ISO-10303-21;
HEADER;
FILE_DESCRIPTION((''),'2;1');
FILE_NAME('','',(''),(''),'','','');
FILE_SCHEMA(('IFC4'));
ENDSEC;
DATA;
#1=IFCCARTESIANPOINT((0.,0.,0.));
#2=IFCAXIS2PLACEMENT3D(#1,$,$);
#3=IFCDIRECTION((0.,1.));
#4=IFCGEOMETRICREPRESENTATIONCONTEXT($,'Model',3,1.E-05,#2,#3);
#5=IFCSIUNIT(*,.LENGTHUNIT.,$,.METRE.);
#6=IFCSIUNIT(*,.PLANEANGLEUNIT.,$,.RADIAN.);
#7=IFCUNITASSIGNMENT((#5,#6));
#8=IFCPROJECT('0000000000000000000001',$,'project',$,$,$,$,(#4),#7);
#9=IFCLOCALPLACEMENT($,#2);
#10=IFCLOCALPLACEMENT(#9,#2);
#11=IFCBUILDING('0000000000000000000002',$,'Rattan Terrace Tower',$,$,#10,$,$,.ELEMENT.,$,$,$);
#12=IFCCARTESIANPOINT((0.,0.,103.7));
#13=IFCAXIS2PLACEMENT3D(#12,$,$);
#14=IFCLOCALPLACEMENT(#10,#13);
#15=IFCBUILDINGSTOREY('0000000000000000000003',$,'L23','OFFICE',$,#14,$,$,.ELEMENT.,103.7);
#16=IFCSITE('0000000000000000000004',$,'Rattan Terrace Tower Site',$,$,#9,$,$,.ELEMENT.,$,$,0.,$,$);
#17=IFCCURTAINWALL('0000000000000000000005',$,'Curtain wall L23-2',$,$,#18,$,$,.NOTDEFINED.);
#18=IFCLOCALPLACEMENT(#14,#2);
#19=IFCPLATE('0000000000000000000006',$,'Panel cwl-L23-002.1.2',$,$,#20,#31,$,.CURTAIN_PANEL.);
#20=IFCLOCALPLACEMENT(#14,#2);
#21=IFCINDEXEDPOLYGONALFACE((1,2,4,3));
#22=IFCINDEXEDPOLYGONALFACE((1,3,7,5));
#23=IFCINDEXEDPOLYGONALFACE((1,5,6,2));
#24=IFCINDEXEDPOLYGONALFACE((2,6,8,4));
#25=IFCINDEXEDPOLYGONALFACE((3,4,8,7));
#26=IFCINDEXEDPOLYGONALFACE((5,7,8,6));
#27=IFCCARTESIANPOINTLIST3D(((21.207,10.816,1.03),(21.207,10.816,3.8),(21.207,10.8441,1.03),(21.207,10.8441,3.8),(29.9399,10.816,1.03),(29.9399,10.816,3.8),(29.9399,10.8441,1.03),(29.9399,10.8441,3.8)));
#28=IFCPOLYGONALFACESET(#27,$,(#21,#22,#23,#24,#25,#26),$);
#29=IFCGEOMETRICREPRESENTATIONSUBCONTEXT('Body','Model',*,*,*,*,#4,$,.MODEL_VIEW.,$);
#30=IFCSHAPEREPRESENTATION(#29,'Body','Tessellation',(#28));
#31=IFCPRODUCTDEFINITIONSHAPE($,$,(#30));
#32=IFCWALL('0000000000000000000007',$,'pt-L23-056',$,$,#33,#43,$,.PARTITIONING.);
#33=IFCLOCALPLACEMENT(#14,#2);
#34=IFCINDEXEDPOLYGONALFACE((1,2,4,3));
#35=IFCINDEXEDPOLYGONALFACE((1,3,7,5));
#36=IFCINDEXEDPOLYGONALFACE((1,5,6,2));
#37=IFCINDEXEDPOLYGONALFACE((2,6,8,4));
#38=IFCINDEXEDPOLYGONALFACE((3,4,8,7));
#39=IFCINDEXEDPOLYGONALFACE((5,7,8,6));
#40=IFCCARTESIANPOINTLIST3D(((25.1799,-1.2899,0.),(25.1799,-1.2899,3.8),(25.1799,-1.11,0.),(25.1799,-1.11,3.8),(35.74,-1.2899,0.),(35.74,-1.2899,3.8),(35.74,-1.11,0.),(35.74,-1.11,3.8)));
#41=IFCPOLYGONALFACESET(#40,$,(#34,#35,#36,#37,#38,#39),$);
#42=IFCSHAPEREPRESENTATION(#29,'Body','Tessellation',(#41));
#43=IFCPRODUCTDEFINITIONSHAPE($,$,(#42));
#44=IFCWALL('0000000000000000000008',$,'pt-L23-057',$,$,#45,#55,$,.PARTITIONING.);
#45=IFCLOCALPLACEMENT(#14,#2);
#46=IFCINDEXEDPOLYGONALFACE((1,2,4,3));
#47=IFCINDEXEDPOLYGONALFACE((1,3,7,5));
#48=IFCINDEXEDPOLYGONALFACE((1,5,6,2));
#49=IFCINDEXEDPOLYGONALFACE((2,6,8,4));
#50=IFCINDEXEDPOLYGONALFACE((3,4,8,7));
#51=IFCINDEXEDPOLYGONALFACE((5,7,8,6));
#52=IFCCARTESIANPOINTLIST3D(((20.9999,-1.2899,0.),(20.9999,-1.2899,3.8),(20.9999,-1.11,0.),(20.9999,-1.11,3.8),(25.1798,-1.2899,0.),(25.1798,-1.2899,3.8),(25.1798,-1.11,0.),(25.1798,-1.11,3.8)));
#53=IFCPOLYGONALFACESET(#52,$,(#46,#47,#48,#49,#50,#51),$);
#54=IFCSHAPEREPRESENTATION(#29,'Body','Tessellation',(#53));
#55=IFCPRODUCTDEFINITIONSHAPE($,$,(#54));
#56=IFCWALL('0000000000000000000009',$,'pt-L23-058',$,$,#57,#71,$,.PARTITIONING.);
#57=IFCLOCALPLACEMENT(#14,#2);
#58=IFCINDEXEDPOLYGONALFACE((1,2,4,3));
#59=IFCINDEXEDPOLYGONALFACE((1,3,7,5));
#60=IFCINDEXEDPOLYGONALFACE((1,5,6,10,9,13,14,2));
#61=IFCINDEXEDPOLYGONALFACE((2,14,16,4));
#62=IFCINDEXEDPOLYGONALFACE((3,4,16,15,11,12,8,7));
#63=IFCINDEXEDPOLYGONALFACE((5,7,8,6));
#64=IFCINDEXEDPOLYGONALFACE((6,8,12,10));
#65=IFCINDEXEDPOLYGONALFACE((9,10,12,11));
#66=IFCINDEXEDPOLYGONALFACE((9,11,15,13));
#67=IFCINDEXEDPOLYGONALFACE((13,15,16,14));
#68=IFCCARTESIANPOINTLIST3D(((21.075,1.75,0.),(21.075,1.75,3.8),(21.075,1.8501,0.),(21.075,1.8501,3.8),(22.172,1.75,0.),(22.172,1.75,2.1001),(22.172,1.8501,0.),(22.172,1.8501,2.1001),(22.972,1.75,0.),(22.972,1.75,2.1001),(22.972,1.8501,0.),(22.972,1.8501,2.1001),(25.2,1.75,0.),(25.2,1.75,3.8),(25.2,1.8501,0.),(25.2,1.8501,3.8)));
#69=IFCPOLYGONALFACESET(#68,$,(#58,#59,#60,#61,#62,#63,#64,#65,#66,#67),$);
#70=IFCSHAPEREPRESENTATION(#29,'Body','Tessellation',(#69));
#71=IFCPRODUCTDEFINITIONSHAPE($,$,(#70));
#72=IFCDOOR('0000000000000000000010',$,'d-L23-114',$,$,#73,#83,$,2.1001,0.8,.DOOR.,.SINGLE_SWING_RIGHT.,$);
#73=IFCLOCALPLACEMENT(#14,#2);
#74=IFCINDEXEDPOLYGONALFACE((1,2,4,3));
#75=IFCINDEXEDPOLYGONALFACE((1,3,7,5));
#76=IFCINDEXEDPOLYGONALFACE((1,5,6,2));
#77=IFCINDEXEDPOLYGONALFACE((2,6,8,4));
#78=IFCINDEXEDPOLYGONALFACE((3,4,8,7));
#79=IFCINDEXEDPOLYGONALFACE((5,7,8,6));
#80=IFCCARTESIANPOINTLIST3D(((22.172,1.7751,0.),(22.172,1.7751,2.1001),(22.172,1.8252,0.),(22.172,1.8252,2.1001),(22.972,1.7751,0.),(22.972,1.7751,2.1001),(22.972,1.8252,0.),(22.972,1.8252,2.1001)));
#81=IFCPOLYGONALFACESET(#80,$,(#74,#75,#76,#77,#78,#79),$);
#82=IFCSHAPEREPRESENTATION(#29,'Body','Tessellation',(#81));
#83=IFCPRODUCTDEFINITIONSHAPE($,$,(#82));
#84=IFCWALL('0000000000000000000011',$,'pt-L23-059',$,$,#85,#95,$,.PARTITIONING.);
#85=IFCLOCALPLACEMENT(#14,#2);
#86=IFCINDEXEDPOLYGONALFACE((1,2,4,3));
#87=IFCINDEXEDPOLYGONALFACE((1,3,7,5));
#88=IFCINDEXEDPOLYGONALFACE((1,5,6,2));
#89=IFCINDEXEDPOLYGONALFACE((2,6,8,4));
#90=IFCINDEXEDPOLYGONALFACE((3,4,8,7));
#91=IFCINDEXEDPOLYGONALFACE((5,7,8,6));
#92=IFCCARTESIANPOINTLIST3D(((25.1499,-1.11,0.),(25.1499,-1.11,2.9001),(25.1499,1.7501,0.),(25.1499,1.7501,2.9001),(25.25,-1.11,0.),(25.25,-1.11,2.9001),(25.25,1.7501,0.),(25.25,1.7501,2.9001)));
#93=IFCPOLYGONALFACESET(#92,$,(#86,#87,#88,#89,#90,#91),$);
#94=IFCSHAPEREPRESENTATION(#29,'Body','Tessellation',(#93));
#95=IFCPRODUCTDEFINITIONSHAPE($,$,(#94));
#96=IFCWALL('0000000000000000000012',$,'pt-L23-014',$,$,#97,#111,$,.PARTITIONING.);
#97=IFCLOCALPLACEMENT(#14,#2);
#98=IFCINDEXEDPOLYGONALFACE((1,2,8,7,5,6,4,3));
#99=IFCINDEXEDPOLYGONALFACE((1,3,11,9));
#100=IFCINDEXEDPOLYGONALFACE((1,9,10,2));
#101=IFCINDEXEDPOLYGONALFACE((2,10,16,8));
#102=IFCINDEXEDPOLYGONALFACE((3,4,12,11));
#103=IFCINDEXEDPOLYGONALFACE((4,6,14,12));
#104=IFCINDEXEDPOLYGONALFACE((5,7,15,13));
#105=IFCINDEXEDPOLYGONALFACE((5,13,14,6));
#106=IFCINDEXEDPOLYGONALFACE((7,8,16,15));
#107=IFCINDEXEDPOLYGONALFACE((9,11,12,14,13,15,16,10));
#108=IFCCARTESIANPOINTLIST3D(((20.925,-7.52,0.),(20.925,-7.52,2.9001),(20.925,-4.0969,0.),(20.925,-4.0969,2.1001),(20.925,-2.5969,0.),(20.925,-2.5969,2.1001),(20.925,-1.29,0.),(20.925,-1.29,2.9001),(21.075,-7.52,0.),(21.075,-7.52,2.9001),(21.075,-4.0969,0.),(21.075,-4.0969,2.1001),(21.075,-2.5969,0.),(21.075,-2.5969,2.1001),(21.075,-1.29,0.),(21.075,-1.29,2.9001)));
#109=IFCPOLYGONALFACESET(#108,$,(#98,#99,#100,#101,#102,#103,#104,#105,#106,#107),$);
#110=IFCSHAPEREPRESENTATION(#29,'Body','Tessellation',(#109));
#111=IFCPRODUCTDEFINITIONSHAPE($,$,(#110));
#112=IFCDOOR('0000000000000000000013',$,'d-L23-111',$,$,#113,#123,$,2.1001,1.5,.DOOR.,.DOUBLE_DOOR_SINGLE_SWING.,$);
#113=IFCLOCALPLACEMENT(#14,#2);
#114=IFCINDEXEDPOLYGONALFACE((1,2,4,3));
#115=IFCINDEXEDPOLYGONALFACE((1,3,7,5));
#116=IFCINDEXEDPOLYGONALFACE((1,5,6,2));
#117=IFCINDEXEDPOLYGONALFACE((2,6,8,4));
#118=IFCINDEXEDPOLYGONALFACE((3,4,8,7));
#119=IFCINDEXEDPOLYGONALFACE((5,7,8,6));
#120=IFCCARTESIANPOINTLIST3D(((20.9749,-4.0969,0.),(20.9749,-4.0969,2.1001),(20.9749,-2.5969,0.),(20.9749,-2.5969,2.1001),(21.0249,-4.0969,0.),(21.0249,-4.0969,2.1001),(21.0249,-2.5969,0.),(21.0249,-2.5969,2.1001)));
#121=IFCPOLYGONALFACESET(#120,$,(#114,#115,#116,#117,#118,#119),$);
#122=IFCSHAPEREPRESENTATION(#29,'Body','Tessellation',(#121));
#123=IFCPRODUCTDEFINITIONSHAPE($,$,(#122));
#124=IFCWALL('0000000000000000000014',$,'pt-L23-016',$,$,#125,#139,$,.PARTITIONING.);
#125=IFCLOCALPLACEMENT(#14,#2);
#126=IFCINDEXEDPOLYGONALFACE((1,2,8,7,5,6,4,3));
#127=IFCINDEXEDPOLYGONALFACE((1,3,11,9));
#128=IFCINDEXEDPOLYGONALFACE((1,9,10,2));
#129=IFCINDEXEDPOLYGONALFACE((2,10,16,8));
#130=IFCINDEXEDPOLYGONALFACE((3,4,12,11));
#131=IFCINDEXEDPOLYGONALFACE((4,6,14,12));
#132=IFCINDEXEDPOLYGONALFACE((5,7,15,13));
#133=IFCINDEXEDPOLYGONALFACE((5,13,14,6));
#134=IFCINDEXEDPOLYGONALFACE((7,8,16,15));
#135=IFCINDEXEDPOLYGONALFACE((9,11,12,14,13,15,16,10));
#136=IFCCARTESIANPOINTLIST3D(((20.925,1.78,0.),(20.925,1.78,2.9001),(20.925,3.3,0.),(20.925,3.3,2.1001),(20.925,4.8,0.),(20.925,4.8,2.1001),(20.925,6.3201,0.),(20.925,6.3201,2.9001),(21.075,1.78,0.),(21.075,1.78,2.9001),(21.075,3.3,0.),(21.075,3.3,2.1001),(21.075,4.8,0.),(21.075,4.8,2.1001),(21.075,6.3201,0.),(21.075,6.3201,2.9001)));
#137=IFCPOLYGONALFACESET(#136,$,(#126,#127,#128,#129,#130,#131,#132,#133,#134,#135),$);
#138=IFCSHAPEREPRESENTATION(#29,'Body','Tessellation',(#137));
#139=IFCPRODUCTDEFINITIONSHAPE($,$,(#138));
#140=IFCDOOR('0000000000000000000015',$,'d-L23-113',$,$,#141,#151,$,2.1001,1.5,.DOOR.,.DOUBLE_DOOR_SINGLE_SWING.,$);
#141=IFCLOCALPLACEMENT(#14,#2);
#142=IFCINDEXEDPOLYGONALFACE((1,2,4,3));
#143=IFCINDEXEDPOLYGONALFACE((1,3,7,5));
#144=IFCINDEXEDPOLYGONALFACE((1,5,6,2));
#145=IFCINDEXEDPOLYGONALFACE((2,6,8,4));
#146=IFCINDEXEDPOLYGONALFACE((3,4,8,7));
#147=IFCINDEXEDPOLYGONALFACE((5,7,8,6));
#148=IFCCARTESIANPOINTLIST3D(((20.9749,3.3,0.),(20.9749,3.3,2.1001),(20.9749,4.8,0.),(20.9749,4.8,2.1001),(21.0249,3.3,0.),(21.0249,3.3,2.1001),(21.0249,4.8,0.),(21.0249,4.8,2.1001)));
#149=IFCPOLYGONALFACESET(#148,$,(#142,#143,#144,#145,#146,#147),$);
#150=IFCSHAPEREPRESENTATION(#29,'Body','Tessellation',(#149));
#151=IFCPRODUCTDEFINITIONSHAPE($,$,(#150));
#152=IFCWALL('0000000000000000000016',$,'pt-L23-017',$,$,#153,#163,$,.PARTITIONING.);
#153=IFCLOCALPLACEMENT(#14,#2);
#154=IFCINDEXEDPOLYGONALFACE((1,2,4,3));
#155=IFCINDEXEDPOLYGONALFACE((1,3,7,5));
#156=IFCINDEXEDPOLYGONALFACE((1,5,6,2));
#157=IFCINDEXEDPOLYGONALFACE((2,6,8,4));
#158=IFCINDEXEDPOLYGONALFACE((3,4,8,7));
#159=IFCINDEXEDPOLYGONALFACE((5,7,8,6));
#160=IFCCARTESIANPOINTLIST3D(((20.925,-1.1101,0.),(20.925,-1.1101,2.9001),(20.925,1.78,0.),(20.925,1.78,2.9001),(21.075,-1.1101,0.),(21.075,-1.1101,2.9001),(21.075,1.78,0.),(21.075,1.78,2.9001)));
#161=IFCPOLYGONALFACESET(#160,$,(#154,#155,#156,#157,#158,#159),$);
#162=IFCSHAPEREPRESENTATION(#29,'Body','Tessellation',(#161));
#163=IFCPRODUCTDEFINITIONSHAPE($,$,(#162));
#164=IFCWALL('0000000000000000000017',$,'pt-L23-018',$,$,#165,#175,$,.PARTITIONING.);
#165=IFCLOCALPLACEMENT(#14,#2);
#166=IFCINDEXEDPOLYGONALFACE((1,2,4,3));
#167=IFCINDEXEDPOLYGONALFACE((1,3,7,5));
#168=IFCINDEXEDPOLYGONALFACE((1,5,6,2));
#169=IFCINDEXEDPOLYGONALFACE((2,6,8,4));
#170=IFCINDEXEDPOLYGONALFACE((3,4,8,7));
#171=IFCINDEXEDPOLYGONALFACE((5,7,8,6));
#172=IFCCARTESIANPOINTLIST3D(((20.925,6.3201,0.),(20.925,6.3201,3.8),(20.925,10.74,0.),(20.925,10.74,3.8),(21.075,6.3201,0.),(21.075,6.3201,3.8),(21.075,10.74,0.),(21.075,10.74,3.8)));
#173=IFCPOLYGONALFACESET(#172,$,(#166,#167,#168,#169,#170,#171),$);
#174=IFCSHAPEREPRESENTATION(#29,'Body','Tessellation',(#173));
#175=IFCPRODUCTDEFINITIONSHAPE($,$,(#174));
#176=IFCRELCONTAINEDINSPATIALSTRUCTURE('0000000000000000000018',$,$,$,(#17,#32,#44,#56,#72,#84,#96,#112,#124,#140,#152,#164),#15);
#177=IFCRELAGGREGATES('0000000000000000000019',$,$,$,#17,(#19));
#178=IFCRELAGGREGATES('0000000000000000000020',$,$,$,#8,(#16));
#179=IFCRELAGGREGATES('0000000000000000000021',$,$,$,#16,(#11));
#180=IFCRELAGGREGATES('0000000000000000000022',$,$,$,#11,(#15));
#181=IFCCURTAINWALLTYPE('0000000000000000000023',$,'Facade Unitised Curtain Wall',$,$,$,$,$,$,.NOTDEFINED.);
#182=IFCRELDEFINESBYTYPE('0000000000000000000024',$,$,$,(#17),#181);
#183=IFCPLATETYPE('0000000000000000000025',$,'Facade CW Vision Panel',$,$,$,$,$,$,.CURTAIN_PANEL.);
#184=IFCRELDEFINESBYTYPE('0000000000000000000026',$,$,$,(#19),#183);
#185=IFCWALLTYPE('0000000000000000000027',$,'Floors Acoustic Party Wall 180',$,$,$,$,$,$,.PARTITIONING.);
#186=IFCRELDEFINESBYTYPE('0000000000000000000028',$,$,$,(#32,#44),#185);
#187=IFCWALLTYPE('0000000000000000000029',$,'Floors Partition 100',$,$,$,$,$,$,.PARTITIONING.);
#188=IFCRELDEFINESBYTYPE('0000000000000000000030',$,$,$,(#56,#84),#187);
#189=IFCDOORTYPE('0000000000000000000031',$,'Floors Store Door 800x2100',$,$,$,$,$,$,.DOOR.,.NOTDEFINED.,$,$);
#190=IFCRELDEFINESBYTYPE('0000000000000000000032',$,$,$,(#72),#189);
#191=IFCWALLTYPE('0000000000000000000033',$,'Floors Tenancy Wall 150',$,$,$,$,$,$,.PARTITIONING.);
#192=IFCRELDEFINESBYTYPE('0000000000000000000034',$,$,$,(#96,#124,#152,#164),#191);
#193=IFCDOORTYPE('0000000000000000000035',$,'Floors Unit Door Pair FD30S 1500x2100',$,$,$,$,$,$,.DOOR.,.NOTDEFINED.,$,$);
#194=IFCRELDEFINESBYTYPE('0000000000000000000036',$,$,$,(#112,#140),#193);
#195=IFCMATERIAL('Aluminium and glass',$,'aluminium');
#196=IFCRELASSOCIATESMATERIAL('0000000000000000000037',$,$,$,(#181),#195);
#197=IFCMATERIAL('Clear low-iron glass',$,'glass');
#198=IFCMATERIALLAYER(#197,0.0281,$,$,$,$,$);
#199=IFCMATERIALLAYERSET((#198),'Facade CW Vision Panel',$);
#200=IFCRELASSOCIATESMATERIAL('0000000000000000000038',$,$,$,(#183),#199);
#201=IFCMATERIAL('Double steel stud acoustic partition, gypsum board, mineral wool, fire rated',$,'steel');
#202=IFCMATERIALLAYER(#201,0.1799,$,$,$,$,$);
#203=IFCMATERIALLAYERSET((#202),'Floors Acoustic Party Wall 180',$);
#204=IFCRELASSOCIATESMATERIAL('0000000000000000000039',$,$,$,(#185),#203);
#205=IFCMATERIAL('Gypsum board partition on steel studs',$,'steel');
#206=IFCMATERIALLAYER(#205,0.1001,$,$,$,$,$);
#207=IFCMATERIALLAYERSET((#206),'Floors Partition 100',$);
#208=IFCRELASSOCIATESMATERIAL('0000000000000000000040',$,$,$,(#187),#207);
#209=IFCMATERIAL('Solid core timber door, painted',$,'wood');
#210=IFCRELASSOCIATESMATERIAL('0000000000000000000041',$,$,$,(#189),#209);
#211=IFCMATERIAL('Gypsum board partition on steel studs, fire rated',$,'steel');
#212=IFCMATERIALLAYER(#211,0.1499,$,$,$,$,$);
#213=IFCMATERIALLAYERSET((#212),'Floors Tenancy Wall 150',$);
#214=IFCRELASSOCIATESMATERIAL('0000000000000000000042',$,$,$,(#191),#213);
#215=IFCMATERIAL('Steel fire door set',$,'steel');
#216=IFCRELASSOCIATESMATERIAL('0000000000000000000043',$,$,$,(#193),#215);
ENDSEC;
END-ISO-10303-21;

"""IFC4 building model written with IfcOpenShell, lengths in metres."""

from ifc_helpers import new_model, si_unit, direction, frame, frame_2d, origin, origin_2d, place, context, subcontext, project, spatial, rectangle, extrude, material, layer, layer_set, type_object, element, fill, aggregate, save


model = new_model("IFC4")

# Units and contexts
model_context = context("Model", 3, precision=1e-05, world=origin(), true_north=direction((0.0, 1.0)))
body_context = subcontext(model_context, "Body", "Model", "MODEL_VIEW")
ifc_project = project(units=[si_unit("LENGTHUNIT", "METRE"), si_unit("PLANEANGLEUNIT", "RADIAN")], contexts=[model_context])

# Site, building, storey
site_placement = place(None, origin())
site = spatial("IfcSite", under=ifc_project, at=site_placement, Name="Rattan Terrace Tower Site", CompositionType="ELEMENT", RefElevation=0.0)
building_placement = place(site_placement, origin())
building = spatial("IfcBuilding", under=site, at=building_placement, Name="Rattan Terrace Tower", CompositionType="ELEMENT")
storey_placement = place(building_placement, frame((0.0, 0.0, 103.7)))
storey = spatial("IfcBuildingStorey", under=building, at=storey_placement, Name="L23", Description="OFFICE", CompositionType="ELEMENT", Elevation=103.7)

# Curtain wall
ifc_material_1 = material(Name="Aluminium and glass", Category="aluminium")
curtain_wall_type = type_object("IfcCurtainWallType", Name="Facade Unitised Curtain Wall", PredefinedType="NOTDEFINED", material=ifc_material_1)
curtain_wall_placement = place(storey_placement, origin())
curtain_wall = element("IfcCurtainWall", 1, at=curtain_wall_placement, inside=storey, type_object=curtain_wall_type, Name="Curtain wall L23-2", PredefinedType="NOTDEFINED")

# Plate
ifc_material_2 = material(Name="Clear low-iron glass", Category="glass")
ifc_layer_1 = layer(ifc_material_2, 0.0281)
ifc_layer_set_1 = layer_set([ifc_layer_1], Name="Facade CW Vision Panel")
plate_type_1 = type_object("IfcPlateType", Name="Facade CW Vision Panel", PredefinedType="CURTAIN_PANEL", material=ifc_layer_set_1)
plate_1_placement = place(storey_placement, frame((25.5735, 10.8301, 1.03), z_axis=(0.0, 0.0, 1.0), x_axis=(-1.0, 0.0, 0.0)))
plate_1 = element("IfcPlate", 2, at=plate_1_placement, type_object=plate_type_1, Name="Panel cwl-L23-002.1.2", PredefinedType="CURTAIN_PANEL", context=body_context, shape_type="SweptSolid", body=[
    extrude(rectangle(XDim=8.7329, YDim=0.0281, at=origin_2d()), origin(), (0.0, 0.0, 1.0), 2.77),
])
aggregate(curtain_wall, [plate_1])

# Walls
ifc_material_3 = material(Name="Double steel stud acoustic partition, gypsum board, mineral wool, fire rated", Category="steel")
ifc_layer_2 = layer(ifc_material_3, 0.1799)
ifc_layer_set_2 = layer_set([ifc_layer_2], Name="Floors Acoustic Party Wall 180")
wall_type_1 = type_object("IfcWallType", Name="Floors Acoustic Party Wall 180", PredefinedType="PARTITIONING", material=ifc_layer_set_2)
wall_1_placement = place(storey_placement, frame((25.1799, -1.2, 0.0), z_axis=(0.0, 0.0, 1.0), x_axis=(1.0, 0.0, 0.0)))
element("IfcWall", 3, at=wall_1_placement, inside=storey, type_object=wall_type_1, Name="pt-L23-056", PredefinedType="PARTITIONING", context=body_context, shape_type="SweptSolid", body=[
    extrude(rectangle(XDim=10.5601, YDim=0.1799, at=frame_2d((5.28, 0.0))), origin(), (0.0, 0.0, 1.0), 3.8),
])
wall_2_placement = place(storey_placement, frame((21.0, -1.2, 0.0), z_axis=(0.0, 0.0, 1.0), x_axis=(1.0, 0.0, 0.0)))
element("IfcWall", 4, at=wall_2_placement, inside=storey, type_object=wall_type_1, Name="pt-L23-057", PredefinedType="PARTITIONING", context=body_context, shape_type="SweptSolid", body=[
    extrude(rectangle(XDim=4.1799, YDim=0.1799, at=frame_2d((2.0898, 0.0))), origin(), (0.0, 0.0, 1.0), 3.8),
])

# Wall, opening, door
ifc_material_4 = material(Name="Gypsum board partition on steel studs", Category="steel")
ifc_layer_3 = layer(ifc_material_4, 0.1001)
ifc_layer_set_3 = layer_set([ifc_layer_3], Name="Floors Partition 100")
wall_type_2 = type_object("IfcWallType", Name="Floors Partition 100", PredefinedType="PARTITIONING", material=ifc_layer_set_3)
wall_3_placement = place(storey_placement, frame((25.2, 1.8, 0.0), z_axis=(0.0, 0.0, 1.0), x_axis=(-1.0, 0.0, 0.0)))
wall_3 = element("IfcWall", 5, at=wall_3_placement, inside=storey, type_object=wall_type_2, Name="pt-L23-058", PredefinedType="PARTITIONING", context=body_context, shape_type="SweptSolid", body=[
    extrude(rectangle(XDim=4.125, YDim=0.1001, at=frame_2d((2.0625, 0.0))), origin(), (0.0, 0.0, 1.0), 3.8),
])
opening_1_placement = place(wall_3_placement, frame((2.228, 0.0, 0.0)))
opening_1 = element("IfcOpeningElement", 6, at=opening_1_placement, cuts=wall_3, PredefinedType="OPENING", context=body_context, shape_type="SweptSolid", body=[
    extrude(rectangle(XDim=0.8, YDim=2.1001, at=frame_2d((0.3999, 1.05))), frame((0.0, 0.0605, 0.0), z_axis=(0.0, -1.0, 0.0), x_axis=(1.0, 0.0, 0.0)), (0.0, 0.0, 1.0), 0.1211),
])
ifc_material_5 = material(Name="Solid core timber door, painted", Category="wood")
door_type_1 = type_object("IfcDoorType", Name="Floors Store Door 800x2100", OperationType="NOTDEFINED", PredefinedType="DOOR", material=ifc_material_5)
door_1_placement = place(opening_1_placement, origin())
door_1 = element("IfcDoor", 7, at=door_1_placement, inside=storey, type_object=door_type_1, Name="d-L23-114", OperationType="SINGLE_SWING_RIGHT", OverallHeight=2.1001, OverallWidth=0.8, PredefinedType="DOOR", context=body_context, shape_type="SweptSolid", body=[
    extrude(rectangle(XDim=0.8, YDim=2.1001, at=frame_2d((0.3999, 1.05))), frame((0.0, 0.0249, 0.0), z_axis=(0.0, -1.0, 0.0), x_axis=(1.0, 0.0, 0.0)), (0.0, 0.0, 1.0), 0.05),
])
fill(opening_1, door_1)

# Wall
wall_4_placement = place(storey_placement, frame((25.2, -1.1101, 0.0), z_axis=(0.0, 0.0, 1.0), x_axis=(0.0, 1.0, 0.0)))
element("IfcWall", 8, at=wall_4_placement, inside=storey, type_object=wall_type_2, Name="pt-L23-059", PredefinedType="PARTITIONING", context=body_context, shape_type="SweptSolid", body=[
    extrude(rectangle(XDim=2.8601, YDim=0.1001, at=frame_2d((1.4302, 0.0))), origin(), (0.0, 0.0, 1.0), 2.9001),
])

# Walls, openings, doors
ifc_material_6 = material(Name="Gypsum board partition on steel studs, fire rated", Category="steel")
ifc_layer_4 = layer(ifc_material_6, 0.1499)
ifc_layer_set_4 = layer_set([ifc_layer_4], Name="Floors Tenancy Wall 150")
wall_type_3 = type_object("IfcWallType", Name="Floors Tenancy Wall 150", PredefinedType="PARTITIONING", material=ifc_layer_set_4)
wall_5_placement = place(storey_placement, frame((21.0, -1.29, 0.0), z_axis=(0.0, 0.0, 1.0), x_axis=(0.0, -1.0, 0.0)))
wall_5 = element("IfcWall", 9, at=wall_5_placement, inside=storey, type_object=wall_type_3, Name="pt-L23-014", PredefinedType="PARTITIONING", context=body_context, shape_type="SweptSolid", body=[
    extrude(rectangle(XDim=6.23, YDim=0.1499, at=frame_2d((3.115, 0.0))), origin(), (0.0, 0.0, 1.0), 2.9001),
])
opening_2_placement = place(wall_5_placement, frame((1.3069, 0.0, 0.0)))
opening_2 = element("IfcOpeningElement", 10, at=opening_2_placement, cuts=wall_5, PredefinedType="OPENING", context=body_context, shape_type="SweptSolid", body=[
    extrude(rectangle(XDim=1.5, YDim=2.1001, at=frame_2d((0.75, 1.05))), frame((0.0, 0.0854, 0.0), z_axis=(0.0, -1.0, 0.0), x_axis=(1.0, 0.0, 0.0)), (0.0, 0.0, 1.0), 0.1709),
])
ifc_material_7 = material(Name="Steel fire door set", Category="steel")
door_type_2 = type_object("IfcDoorType", Name="Floors Unit Door Pair FD30S 1500x2100", OperationType="NOTDEFINED", PredefinedType="DOOR", material=ifc_material_7)
door_2_placement = place(opening_2_placement, origin())
door_2 = element("IfcDoor", 11, at=door_2_placement, inside=storey, type_object=door_type_2, Name="d-L23-111", OperationType="DOUBLE_DOOR_SINGLE_SWING", OverallHeight=2.1001, OverallWidth=1.5, PredefinedType="DOOR", context=body_context, shape_type="SweptSolid", body=[
    extrude(rectangle(XDim=1.5, YDim=2.1001, at=frame_2d((0.75, 1.05))), frame((0.0, 0.0249, 0.0), z_axis=(0.0, -1.0, 0.0), x_axis=(1.0, 0.0, 0.0)), (0.0, 0.0, 1.0), 0.05),
])
fill(opening_2, door_2)
wall_6_placement = place(storey_placement, frame((21.0, 6.3201, 0.0), z_axis=(0.0, 0.0, 1.0), x_axis=(0.0, -1.0, 0.0)))
wall_6 = element("IfcWall", 12, at=wall_6_placement, inside=storey, type_object=wall_type_3, Name="pt-L23-016", PredefinedType="PARTITIONING", context=body_context, shape_type="SweptSolid", body=[
    extrude(rectangle(XDim=4.54, YDim=0.1499, at=frame_2d((2.27, 0.0))), origin(), (0.0, 0.0, 1.0), 2.9001),
])
opening_3_placement = place(wall_6_placement, frame((1.52, 0.0, 0.0)))
opening_3 = element("IfcOpeningElement", 13, at=opening_3_placement, cuts=wall_6, PredefinedType="OPENING", context=body_context, shape_type="SweptSolid", body=[
    extrude(rectangle(XDim=1.5, YDim=2.1001, at=frame_2d((0.75, 1.05))), frame((0.0, 0.0854, 0.0), z_axis=(0.0, -1.0, 0.0), x_axis=(1.0, 0.0, 0.0)), (0.0, 0.0, 1.0), 0.1709),
])
door_3_placement = place(opening_3_placement, origin())
door_3 = element("IfcDoor", 14, at=door_3_placement, inside=storey, type_object=door_type_2, Name="d-L23-113", OperationType="DOUBLE_DOOR_SINGLE_SWING", OverallHeight=2.1001, OverallWidth=1.5, PredefinedType="DOOR", context=body_context, shape_type="SweptSolid", body=[
    extrude(rectangle(XDim=1.5, YDim=2.1001, at=frame_2d((0.75, 1.05))), frame((0.0, 0.0249, 0.0), z_axis=(0.0, -1.0, 0.0), x_axis=(1.0, 0.0, 0.0)), (0.0, 0.0, 1.0), 0.05),
])
fill(opening_3, door_3)

# Walls
wall_7_placement = place(storey_placement, frame((21.0, 1.78, 0.0), z_axis=(0.0, 0.0, 1.0), x_axis=(0.0, -1.0, 0.0)))
element("IfcWall", 15, at=wall_7_placement, inside=storey, type_object=wall_type_3, Name="pt-L23-017", PredefinedType="PARTITIONING", context=body_context, shape_type="SweptSolid", body=[
    extrude(rectangle(XDim=2.8901, YDim=0.1499, at=frame_2d((1.4451, 0.0))), origin(), (0.0, 0.0, 1.0), 2.9001),
])
wall_8_placement = place(storey_placement, frame((21.0, 10.74, 0.0), z_axis=(0.0, 0.0, 1.0), x_axis=(0.0, -1.0, 0.0)))
element("IfcWall", 16, at=wall_8_placement, inside=storey, type_object=wall_type_3, Name="pt-L23-018", PredefinedType="PARTITIONING", context=body_context, shape_type="SweptSolid", body=[
    extrude(rectangle(XDim=4.4199, YDim=0.1499, at=frame_2d((2.21, 0.0))), origin(), (0.0, 0.0, 1.0), 3.8),
])

save(model, "model.ifc")
